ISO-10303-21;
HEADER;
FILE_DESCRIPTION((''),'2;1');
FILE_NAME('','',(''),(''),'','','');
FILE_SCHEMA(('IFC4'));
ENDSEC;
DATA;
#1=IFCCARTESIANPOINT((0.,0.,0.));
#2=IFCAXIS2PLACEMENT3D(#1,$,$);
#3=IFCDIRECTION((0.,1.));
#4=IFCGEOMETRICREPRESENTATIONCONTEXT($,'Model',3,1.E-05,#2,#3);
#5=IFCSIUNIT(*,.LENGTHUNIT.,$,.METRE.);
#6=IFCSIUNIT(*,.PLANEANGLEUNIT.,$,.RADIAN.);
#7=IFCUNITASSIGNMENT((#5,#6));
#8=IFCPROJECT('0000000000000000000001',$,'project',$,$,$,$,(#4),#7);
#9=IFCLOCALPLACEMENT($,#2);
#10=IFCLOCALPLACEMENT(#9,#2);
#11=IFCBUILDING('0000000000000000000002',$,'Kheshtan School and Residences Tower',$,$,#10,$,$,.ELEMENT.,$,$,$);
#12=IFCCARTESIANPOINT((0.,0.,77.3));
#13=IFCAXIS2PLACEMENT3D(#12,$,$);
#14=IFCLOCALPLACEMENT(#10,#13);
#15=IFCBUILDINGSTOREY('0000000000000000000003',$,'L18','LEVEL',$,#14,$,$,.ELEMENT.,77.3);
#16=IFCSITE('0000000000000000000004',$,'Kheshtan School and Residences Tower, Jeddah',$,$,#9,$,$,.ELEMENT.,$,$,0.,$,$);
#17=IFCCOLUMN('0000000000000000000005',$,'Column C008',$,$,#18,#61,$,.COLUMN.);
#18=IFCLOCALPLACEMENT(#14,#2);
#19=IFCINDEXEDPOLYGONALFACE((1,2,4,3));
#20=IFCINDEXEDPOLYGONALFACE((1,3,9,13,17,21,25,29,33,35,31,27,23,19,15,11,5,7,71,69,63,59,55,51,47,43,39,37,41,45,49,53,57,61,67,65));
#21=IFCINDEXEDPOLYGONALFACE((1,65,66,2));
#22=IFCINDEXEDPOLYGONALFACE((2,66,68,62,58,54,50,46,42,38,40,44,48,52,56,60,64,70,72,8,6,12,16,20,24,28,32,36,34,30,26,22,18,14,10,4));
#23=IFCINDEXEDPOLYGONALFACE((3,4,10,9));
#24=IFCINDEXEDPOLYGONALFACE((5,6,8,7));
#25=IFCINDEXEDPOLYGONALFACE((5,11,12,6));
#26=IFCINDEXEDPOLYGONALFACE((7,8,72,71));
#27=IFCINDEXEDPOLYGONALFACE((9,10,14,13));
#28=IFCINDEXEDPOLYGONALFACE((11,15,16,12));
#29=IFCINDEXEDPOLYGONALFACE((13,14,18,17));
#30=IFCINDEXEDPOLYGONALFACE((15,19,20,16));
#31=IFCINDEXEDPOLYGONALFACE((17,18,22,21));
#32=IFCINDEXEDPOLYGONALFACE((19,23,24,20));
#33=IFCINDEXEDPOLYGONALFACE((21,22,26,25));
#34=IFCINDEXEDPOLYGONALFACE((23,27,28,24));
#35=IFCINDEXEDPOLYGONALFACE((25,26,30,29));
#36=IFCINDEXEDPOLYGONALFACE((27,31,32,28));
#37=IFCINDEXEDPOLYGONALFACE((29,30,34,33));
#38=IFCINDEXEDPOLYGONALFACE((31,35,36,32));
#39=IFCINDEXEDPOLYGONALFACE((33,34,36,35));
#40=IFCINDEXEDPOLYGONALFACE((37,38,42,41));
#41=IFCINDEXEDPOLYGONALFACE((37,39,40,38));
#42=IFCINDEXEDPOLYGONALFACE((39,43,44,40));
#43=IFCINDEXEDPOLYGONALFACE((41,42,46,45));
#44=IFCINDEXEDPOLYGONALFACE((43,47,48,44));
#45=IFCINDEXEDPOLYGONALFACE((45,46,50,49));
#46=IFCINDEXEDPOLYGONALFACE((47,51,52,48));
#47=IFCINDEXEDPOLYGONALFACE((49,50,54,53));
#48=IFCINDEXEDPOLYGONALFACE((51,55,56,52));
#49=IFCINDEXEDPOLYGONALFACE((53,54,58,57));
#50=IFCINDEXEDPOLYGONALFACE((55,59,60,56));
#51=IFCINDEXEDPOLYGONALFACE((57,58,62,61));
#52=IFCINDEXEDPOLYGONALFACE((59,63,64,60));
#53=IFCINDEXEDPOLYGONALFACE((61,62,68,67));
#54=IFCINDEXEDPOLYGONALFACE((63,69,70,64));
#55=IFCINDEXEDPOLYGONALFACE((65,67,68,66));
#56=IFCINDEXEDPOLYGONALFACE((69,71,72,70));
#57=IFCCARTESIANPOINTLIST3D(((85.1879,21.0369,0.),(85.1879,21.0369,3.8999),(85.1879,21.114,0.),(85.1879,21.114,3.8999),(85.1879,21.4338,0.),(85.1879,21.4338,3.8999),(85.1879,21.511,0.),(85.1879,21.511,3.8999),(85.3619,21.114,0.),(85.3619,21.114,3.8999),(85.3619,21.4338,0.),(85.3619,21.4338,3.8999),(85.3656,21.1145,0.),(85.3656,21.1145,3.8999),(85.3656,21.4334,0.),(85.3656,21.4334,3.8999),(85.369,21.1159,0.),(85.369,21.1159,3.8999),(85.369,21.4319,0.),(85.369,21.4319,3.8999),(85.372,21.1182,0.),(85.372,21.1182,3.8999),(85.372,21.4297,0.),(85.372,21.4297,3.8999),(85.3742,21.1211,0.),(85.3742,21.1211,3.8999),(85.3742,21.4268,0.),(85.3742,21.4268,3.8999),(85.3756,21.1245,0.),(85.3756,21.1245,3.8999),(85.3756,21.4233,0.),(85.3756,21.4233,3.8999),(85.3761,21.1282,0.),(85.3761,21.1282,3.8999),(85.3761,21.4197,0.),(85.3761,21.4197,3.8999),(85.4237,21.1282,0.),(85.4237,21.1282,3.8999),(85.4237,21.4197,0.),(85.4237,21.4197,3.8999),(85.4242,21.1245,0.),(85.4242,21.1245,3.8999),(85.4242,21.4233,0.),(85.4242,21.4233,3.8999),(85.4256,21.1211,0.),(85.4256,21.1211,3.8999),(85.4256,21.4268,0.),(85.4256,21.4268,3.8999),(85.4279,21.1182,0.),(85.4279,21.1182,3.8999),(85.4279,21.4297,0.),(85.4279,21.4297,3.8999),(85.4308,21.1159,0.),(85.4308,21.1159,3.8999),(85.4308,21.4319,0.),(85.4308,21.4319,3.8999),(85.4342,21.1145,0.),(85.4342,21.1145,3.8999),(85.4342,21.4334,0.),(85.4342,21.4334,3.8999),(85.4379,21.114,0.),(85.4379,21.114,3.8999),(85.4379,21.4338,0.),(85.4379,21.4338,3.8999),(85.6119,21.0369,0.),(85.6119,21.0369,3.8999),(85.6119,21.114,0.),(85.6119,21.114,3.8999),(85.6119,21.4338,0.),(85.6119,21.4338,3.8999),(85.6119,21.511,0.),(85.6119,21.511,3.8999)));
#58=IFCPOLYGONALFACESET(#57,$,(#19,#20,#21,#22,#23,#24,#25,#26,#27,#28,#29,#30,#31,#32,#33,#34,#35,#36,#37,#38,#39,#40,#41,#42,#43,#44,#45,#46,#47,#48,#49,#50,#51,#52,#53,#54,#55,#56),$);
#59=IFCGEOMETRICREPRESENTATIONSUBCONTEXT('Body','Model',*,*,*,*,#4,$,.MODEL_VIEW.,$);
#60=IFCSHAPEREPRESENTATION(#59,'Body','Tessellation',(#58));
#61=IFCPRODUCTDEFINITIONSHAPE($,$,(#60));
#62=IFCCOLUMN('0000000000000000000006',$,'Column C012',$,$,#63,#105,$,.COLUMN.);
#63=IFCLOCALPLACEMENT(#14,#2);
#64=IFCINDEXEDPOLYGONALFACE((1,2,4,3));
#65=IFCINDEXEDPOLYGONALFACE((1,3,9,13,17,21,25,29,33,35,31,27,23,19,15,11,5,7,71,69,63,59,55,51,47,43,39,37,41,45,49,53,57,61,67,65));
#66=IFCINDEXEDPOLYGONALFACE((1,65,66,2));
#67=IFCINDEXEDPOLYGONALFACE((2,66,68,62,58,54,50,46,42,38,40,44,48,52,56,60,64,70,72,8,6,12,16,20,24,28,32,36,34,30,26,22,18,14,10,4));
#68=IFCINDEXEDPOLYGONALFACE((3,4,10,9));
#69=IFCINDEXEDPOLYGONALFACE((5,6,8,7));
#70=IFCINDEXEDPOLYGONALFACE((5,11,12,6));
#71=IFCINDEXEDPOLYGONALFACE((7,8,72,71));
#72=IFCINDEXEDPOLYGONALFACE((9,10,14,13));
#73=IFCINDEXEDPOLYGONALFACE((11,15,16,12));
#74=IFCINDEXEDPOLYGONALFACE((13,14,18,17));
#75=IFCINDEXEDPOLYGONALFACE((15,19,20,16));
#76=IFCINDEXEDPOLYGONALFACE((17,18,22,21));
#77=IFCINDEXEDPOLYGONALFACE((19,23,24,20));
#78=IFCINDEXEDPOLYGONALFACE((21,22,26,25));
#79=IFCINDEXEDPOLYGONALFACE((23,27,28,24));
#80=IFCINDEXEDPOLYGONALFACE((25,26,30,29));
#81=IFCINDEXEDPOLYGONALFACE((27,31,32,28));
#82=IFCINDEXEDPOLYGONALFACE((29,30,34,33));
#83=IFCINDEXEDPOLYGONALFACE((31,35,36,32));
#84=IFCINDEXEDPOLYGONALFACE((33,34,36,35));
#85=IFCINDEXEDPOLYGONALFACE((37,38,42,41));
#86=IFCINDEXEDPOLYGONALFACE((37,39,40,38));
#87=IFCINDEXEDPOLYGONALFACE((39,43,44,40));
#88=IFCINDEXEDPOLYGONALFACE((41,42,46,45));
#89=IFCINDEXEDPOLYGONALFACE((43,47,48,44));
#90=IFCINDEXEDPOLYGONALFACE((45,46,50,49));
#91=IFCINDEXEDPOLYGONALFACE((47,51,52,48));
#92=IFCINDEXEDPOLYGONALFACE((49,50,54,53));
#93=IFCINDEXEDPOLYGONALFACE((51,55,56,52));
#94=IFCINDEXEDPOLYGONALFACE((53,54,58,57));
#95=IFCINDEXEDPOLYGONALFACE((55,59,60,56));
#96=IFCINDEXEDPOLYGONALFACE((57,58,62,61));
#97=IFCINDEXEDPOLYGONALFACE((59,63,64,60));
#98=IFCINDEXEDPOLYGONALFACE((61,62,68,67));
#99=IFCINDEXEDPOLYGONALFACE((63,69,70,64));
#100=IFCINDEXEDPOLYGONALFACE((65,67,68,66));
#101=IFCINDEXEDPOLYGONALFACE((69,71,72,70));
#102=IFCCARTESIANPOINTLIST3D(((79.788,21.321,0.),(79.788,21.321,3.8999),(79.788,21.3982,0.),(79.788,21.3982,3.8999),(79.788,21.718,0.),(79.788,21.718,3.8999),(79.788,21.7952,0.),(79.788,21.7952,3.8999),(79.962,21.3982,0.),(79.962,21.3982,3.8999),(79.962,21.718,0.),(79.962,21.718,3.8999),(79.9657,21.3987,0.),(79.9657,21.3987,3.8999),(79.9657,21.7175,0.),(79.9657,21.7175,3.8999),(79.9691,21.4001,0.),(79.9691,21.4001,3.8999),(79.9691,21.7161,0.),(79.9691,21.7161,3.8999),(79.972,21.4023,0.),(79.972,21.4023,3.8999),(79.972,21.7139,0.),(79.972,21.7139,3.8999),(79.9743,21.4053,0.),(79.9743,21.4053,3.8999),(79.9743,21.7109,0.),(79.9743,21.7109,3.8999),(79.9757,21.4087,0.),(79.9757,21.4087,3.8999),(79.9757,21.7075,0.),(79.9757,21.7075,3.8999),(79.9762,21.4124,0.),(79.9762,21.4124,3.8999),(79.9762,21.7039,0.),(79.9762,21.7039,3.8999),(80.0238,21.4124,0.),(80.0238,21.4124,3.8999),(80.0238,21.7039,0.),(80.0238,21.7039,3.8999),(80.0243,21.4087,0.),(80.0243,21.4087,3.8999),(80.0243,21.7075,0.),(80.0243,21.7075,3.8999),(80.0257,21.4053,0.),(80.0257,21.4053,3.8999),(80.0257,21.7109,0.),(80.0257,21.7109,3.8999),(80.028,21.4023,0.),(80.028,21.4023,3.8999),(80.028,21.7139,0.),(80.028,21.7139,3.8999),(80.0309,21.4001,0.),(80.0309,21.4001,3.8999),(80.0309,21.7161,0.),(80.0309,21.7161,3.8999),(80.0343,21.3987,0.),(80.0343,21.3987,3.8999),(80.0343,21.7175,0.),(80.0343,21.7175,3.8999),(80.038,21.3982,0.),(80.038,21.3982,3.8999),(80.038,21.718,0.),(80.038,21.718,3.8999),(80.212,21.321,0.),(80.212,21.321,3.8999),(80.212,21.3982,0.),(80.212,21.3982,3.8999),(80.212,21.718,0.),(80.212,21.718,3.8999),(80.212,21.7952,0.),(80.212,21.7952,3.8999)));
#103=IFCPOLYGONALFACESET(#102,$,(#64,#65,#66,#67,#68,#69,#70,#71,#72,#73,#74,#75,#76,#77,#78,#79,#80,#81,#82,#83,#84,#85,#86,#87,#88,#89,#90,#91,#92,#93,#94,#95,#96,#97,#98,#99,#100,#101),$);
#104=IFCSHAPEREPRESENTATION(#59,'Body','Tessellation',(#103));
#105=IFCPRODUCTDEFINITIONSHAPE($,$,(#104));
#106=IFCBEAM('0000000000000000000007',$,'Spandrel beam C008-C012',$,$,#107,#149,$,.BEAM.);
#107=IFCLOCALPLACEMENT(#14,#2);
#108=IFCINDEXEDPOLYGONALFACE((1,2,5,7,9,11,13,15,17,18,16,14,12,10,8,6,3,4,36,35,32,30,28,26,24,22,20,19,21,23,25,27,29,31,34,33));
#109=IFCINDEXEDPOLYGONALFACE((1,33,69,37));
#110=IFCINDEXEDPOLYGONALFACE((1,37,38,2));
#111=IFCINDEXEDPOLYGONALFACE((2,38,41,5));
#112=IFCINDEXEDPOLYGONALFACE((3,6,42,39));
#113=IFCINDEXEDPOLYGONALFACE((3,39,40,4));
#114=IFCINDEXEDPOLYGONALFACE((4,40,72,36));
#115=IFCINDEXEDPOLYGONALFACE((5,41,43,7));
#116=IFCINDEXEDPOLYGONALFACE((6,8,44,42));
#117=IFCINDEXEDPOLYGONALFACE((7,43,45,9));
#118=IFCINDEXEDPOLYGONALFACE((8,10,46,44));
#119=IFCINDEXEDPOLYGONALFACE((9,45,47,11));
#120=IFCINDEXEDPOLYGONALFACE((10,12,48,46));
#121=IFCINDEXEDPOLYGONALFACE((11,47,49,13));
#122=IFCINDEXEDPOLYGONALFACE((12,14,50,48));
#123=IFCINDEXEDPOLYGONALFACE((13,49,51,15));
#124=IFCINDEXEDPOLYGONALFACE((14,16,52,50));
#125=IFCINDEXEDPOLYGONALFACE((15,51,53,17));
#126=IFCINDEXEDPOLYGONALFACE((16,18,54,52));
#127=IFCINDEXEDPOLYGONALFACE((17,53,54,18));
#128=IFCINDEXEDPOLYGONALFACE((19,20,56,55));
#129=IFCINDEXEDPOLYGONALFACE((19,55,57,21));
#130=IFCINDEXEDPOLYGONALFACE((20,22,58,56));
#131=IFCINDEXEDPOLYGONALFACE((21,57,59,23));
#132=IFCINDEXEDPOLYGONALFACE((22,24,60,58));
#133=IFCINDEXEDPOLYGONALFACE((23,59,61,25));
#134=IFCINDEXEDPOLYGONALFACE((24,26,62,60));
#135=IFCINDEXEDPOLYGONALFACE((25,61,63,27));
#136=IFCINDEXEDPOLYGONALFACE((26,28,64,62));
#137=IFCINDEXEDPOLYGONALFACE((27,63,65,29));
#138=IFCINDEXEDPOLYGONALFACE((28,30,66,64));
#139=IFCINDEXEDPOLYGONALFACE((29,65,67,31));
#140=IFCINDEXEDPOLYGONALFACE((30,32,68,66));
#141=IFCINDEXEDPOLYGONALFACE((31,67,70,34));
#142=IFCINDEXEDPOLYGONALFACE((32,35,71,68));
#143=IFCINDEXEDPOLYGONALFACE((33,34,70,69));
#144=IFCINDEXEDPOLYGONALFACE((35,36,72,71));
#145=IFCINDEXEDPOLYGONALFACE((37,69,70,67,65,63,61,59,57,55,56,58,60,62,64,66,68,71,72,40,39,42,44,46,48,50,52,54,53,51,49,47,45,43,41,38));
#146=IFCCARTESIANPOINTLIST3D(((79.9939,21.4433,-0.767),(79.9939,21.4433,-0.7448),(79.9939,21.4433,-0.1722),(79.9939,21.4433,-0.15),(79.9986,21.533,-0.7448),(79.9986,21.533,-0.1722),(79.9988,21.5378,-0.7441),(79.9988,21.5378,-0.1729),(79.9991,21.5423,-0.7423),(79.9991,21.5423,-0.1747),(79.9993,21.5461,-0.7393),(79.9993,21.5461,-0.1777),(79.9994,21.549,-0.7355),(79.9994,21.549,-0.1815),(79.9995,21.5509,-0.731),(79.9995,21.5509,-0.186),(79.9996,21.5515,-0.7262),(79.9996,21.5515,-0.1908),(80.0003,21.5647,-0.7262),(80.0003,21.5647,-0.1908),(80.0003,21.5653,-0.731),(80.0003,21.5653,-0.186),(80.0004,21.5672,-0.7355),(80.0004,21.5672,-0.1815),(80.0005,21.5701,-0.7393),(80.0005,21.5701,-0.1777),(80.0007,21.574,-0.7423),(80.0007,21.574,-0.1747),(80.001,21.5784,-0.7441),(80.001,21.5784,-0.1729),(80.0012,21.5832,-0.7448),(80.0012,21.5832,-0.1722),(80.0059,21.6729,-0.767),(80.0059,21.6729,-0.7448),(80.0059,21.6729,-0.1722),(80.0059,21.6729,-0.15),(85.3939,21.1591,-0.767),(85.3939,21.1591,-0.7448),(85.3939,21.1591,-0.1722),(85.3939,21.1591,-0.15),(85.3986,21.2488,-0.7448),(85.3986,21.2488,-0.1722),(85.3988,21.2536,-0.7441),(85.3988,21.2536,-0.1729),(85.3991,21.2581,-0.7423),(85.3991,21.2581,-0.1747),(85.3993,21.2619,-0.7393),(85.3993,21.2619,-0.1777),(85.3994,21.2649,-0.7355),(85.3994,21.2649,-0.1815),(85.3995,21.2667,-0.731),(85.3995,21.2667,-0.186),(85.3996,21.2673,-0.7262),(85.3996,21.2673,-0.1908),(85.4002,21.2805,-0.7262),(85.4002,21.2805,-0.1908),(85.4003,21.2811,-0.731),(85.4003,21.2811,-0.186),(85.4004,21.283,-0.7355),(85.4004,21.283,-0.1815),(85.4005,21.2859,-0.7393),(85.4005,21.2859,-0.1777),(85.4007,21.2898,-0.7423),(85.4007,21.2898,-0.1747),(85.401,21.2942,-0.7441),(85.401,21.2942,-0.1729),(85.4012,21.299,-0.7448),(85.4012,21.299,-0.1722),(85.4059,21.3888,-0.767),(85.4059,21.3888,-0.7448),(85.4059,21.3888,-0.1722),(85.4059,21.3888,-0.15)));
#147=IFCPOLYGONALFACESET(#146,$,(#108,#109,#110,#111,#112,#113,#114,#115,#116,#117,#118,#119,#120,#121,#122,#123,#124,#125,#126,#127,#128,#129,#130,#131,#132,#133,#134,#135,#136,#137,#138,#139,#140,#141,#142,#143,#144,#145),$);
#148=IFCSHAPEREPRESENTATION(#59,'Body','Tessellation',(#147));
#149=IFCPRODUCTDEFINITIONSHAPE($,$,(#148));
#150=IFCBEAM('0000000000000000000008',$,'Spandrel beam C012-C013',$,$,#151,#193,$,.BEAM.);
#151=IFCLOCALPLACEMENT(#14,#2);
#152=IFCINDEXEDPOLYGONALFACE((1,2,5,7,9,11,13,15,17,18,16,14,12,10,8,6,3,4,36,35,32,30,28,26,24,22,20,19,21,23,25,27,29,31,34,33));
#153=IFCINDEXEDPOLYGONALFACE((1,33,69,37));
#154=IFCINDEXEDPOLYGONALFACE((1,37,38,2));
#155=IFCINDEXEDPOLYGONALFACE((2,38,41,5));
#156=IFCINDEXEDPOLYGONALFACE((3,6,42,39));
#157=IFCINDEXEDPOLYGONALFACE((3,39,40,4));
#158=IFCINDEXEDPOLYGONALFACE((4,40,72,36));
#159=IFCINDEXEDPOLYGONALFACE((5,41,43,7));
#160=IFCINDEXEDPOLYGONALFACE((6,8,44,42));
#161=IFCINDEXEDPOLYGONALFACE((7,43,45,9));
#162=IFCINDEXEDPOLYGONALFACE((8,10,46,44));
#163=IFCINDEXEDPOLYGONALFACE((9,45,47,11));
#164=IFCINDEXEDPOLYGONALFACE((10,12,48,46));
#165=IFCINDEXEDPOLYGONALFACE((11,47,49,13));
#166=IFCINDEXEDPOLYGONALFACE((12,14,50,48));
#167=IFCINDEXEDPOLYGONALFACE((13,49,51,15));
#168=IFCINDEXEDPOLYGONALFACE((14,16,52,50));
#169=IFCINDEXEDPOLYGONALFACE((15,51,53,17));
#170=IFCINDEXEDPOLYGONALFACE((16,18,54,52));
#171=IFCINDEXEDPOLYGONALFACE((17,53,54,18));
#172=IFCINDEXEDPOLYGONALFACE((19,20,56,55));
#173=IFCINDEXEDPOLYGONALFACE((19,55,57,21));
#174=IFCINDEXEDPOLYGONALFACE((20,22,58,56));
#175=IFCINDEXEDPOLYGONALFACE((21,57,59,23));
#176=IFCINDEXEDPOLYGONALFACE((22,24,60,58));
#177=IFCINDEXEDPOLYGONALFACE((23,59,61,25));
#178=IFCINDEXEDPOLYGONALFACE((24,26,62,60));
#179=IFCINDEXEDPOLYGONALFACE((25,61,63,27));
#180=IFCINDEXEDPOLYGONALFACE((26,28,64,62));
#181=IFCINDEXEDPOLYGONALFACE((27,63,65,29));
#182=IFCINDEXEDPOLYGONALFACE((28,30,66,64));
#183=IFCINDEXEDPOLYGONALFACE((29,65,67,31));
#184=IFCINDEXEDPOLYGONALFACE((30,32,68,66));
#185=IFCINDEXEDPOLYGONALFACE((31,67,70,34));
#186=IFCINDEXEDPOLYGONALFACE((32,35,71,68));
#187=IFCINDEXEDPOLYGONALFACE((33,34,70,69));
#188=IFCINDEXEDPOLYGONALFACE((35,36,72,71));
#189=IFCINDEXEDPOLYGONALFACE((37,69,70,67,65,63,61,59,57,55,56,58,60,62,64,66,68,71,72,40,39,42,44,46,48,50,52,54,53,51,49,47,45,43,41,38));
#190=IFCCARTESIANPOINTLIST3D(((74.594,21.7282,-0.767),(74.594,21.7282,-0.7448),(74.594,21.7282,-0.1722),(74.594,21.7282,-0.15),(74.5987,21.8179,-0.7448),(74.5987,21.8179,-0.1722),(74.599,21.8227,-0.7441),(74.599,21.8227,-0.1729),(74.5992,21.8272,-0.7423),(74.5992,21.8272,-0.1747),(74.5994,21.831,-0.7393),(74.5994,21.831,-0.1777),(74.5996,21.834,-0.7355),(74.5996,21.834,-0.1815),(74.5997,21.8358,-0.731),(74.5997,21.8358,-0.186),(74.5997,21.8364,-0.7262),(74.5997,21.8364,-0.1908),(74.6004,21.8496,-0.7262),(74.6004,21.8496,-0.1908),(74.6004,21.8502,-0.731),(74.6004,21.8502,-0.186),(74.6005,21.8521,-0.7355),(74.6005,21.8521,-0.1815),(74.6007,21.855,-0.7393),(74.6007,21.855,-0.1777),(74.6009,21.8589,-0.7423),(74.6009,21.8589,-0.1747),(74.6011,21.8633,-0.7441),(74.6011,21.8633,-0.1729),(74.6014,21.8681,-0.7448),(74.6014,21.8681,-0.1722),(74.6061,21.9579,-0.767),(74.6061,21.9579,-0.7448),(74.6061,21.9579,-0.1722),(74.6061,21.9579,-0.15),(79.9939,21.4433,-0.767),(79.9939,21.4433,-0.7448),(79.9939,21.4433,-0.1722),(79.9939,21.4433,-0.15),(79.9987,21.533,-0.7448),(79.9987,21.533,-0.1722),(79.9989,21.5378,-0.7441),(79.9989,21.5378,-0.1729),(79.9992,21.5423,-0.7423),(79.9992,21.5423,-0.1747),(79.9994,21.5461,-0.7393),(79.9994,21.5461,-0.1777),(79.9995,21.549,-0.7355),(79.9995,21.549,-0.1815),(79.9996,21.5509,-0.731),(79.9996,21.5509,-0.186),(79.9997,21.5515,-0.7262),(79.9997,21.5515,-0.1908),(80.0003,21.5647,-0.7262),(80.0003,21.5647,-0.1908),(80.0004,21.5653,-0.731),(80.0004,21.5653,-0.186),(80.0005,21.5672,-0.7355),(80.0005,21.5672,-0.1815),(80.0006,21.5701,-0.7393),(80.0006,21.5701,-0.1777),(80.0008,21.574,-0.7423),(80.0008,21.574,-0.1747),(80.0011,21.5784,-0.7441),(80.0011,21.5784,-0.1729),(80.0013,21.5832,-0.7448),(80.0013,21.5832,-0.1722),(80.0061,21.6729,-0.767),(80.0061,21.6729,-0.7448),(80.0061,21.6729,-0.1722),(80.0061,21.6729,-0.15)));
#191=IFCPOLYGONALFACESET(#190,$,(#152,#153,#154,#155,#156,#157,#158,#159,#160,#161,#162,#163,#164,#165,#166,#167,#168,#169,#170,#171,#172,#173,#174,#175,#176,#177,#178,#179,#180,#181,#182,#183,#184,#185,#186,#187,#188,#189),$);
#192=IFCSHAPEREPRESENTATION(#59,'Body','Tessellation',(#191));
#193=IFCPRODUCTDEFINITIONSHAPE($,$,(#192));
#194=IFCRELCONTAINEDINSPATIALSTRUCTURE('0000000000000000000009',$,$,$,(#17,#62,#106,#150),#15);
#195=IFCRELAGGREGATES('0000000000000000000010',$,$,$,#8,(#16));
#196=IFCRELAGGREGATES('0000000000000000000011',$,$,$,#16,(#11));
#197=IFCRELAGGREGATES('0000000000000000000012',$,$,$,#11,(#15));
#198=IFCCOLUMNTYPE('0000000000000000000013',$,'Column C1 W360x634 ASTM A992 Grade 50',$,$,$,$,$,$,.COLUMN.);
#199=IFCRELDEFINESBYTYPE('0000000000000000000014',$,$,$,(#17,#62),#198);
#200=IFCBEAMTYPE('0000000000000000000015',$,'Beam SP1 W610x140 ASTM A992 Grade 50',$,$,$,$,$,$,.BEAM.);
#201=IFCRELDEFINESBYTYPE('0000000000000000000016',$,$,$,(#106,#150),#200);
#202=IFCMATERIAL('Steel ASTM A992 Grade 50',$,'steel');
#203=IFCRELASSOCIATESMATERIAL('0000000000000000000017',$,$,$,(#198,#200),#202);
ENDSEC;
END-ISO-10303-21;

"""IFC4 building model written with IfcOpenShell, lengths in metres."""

from ifc_helpers import new_model, si_unit, direction, frame, origin, origin_2d, place, context, subcontext, project, spatial, i_section, extrude, material, material_profile, profile_set, type_object, element, save


model = new_model("IFC4")

# Units and contexts
model_context = context("Model", 3, precision=1e-05, world=origin(), true_north=direction((0.0, 1.0)))
body_context = subcontext(model_context, "Body", "Model", "MODEL_VIEW")
ifc_project = project(units=[si_unit("LENGTHUNIT", "METRE"), si_unit("PLANEANGLEUNIT", "RADIAN")], contexts=[model_context])

# Site, building, storey
site_placement = place(None, origin())
site = spatial("IfcSite", under=ifc_project, at=site_placement, Name="Kheshtan School and Residences Tower, Jeddah", CompositionType="ELEMENT", RefElevation=0.0)
building_placement = place(site_placement, origin())
building = spatial("IfcBuilding", under=site, at=building_placement, Name="Kheshtan School and Residences Tower", CompositionType="ELEMENT")
storey_placement = place(building_placement, frame((0.0, 0.0, 77.3)))
storey = spatial("IfcBuildingStorey", under=building, at=storey_placement, Name="L18", Description="LEVEL", CompositionType="ELEMENT", Elevation=77.3)

# Columns
ifc_material_1 = material(Name="Steel ASTM A992 Grade 50", Category="steel")
ifc_material_profile_1 = material_profile(ifc_material_1, i_section(OverallWidth=0.4241, OverallDepth=0.4741, WebThickness=0.0476, FlangeThickness=0.0771, FilletRadius=0.0142, at=origin_2d()), Name="W360x634")
ifc_profile_set_1 = profile_set([ifc_material_profile_1], Name="Steel ASTM A992 Grade 50")
column_type = type_object("IfcColumnType", Name="Column C1 W360x634 ASTM A992 Grade 50", PredefinedType="COLUMN", material=ifc_profile_set_1)
for number, where, z_axis, x_axis, name in (
    (1, (85.3999, 21.2739, 0.0), (0.0, 0.0, 1.0), (1.0, 0.0, 0.0), "Column C008"),
    (2, (80.0, 21.5581, 0.0), (0.0, 0.0, 1.0), (1.0, 0.0, 0.0), "Column C012"),
):
    element("IfcColumn", number, at=place(storey_placement, frame(where, z_axis=z_axis, x_axis=x_axis)), inside=storey, type_object=column_type, Name=name, PredefinedType="COLUMN", context=body_context, shape_type="SweptSolid", body=[
        extrude(i_section(OverallWidth=0.4241, OverallDepth=0.4741, WebThickness=0.0476, FlangeThickness=0.0771, FilletRadius=0.0142, at=origin_2d()), origin(), (0.0, 0.0, 1.0), 3.8999),
    ])

# Beams
ifc_material_profile_2 = material_profile(ifc_material_1, i_section(OverallWidth=0.23, OverallDepth=0.6169, WebThickness=0.0132, FlangeThickness=0.0222, FilletRadius=0.0186, at=origin_2d()), Name="W610x140")
ifc_profile_set_2 = profile_set([ifc_material_profile_2], Name="Steel ASTM A992 Grade 50")
beam_type = type_object("IfcBeamType", Name="Beam SP1 W610x140 ASTM A992 Grade 50", PredefinedType="BEAM", material=ifc_profile_set_2)
for number, where, z_axis, x_axis, name in (
    (3, (85.3999, 21.2739, -0.4585), (-0.998618, 0.052554, 0.0), (-0.052554, -0.998618, 0.0), "Spandrel beam C008-C012"),
    (4, (80.0, 21.5581, -0.4585), (-0.998611, 0.052689, 0.0), (-0.052689, -0.998611, 0.0), "Spandrel beam C012-C013"),
):
    element("IfcBeam", number, at=place(storey_placement, frame(where, z_axis=z_axis, x_axis=x_axis)), inside=storey, type_object=beam_type, Name=name, PredefinedType="BEAM", context=body_context, shape_type="SweptSolid", body=[
        extrude(i_section(OverallWidth=0.23, OverallDepth=0.6169, WebThickness=0.0132, FlangeThickness=0.0222, FilletRadius=0.0186, at=origin_2d()), origin(), (0.0, 0.0, 1.0), 5.4075),
    ])

save(model, "model.ifc")
